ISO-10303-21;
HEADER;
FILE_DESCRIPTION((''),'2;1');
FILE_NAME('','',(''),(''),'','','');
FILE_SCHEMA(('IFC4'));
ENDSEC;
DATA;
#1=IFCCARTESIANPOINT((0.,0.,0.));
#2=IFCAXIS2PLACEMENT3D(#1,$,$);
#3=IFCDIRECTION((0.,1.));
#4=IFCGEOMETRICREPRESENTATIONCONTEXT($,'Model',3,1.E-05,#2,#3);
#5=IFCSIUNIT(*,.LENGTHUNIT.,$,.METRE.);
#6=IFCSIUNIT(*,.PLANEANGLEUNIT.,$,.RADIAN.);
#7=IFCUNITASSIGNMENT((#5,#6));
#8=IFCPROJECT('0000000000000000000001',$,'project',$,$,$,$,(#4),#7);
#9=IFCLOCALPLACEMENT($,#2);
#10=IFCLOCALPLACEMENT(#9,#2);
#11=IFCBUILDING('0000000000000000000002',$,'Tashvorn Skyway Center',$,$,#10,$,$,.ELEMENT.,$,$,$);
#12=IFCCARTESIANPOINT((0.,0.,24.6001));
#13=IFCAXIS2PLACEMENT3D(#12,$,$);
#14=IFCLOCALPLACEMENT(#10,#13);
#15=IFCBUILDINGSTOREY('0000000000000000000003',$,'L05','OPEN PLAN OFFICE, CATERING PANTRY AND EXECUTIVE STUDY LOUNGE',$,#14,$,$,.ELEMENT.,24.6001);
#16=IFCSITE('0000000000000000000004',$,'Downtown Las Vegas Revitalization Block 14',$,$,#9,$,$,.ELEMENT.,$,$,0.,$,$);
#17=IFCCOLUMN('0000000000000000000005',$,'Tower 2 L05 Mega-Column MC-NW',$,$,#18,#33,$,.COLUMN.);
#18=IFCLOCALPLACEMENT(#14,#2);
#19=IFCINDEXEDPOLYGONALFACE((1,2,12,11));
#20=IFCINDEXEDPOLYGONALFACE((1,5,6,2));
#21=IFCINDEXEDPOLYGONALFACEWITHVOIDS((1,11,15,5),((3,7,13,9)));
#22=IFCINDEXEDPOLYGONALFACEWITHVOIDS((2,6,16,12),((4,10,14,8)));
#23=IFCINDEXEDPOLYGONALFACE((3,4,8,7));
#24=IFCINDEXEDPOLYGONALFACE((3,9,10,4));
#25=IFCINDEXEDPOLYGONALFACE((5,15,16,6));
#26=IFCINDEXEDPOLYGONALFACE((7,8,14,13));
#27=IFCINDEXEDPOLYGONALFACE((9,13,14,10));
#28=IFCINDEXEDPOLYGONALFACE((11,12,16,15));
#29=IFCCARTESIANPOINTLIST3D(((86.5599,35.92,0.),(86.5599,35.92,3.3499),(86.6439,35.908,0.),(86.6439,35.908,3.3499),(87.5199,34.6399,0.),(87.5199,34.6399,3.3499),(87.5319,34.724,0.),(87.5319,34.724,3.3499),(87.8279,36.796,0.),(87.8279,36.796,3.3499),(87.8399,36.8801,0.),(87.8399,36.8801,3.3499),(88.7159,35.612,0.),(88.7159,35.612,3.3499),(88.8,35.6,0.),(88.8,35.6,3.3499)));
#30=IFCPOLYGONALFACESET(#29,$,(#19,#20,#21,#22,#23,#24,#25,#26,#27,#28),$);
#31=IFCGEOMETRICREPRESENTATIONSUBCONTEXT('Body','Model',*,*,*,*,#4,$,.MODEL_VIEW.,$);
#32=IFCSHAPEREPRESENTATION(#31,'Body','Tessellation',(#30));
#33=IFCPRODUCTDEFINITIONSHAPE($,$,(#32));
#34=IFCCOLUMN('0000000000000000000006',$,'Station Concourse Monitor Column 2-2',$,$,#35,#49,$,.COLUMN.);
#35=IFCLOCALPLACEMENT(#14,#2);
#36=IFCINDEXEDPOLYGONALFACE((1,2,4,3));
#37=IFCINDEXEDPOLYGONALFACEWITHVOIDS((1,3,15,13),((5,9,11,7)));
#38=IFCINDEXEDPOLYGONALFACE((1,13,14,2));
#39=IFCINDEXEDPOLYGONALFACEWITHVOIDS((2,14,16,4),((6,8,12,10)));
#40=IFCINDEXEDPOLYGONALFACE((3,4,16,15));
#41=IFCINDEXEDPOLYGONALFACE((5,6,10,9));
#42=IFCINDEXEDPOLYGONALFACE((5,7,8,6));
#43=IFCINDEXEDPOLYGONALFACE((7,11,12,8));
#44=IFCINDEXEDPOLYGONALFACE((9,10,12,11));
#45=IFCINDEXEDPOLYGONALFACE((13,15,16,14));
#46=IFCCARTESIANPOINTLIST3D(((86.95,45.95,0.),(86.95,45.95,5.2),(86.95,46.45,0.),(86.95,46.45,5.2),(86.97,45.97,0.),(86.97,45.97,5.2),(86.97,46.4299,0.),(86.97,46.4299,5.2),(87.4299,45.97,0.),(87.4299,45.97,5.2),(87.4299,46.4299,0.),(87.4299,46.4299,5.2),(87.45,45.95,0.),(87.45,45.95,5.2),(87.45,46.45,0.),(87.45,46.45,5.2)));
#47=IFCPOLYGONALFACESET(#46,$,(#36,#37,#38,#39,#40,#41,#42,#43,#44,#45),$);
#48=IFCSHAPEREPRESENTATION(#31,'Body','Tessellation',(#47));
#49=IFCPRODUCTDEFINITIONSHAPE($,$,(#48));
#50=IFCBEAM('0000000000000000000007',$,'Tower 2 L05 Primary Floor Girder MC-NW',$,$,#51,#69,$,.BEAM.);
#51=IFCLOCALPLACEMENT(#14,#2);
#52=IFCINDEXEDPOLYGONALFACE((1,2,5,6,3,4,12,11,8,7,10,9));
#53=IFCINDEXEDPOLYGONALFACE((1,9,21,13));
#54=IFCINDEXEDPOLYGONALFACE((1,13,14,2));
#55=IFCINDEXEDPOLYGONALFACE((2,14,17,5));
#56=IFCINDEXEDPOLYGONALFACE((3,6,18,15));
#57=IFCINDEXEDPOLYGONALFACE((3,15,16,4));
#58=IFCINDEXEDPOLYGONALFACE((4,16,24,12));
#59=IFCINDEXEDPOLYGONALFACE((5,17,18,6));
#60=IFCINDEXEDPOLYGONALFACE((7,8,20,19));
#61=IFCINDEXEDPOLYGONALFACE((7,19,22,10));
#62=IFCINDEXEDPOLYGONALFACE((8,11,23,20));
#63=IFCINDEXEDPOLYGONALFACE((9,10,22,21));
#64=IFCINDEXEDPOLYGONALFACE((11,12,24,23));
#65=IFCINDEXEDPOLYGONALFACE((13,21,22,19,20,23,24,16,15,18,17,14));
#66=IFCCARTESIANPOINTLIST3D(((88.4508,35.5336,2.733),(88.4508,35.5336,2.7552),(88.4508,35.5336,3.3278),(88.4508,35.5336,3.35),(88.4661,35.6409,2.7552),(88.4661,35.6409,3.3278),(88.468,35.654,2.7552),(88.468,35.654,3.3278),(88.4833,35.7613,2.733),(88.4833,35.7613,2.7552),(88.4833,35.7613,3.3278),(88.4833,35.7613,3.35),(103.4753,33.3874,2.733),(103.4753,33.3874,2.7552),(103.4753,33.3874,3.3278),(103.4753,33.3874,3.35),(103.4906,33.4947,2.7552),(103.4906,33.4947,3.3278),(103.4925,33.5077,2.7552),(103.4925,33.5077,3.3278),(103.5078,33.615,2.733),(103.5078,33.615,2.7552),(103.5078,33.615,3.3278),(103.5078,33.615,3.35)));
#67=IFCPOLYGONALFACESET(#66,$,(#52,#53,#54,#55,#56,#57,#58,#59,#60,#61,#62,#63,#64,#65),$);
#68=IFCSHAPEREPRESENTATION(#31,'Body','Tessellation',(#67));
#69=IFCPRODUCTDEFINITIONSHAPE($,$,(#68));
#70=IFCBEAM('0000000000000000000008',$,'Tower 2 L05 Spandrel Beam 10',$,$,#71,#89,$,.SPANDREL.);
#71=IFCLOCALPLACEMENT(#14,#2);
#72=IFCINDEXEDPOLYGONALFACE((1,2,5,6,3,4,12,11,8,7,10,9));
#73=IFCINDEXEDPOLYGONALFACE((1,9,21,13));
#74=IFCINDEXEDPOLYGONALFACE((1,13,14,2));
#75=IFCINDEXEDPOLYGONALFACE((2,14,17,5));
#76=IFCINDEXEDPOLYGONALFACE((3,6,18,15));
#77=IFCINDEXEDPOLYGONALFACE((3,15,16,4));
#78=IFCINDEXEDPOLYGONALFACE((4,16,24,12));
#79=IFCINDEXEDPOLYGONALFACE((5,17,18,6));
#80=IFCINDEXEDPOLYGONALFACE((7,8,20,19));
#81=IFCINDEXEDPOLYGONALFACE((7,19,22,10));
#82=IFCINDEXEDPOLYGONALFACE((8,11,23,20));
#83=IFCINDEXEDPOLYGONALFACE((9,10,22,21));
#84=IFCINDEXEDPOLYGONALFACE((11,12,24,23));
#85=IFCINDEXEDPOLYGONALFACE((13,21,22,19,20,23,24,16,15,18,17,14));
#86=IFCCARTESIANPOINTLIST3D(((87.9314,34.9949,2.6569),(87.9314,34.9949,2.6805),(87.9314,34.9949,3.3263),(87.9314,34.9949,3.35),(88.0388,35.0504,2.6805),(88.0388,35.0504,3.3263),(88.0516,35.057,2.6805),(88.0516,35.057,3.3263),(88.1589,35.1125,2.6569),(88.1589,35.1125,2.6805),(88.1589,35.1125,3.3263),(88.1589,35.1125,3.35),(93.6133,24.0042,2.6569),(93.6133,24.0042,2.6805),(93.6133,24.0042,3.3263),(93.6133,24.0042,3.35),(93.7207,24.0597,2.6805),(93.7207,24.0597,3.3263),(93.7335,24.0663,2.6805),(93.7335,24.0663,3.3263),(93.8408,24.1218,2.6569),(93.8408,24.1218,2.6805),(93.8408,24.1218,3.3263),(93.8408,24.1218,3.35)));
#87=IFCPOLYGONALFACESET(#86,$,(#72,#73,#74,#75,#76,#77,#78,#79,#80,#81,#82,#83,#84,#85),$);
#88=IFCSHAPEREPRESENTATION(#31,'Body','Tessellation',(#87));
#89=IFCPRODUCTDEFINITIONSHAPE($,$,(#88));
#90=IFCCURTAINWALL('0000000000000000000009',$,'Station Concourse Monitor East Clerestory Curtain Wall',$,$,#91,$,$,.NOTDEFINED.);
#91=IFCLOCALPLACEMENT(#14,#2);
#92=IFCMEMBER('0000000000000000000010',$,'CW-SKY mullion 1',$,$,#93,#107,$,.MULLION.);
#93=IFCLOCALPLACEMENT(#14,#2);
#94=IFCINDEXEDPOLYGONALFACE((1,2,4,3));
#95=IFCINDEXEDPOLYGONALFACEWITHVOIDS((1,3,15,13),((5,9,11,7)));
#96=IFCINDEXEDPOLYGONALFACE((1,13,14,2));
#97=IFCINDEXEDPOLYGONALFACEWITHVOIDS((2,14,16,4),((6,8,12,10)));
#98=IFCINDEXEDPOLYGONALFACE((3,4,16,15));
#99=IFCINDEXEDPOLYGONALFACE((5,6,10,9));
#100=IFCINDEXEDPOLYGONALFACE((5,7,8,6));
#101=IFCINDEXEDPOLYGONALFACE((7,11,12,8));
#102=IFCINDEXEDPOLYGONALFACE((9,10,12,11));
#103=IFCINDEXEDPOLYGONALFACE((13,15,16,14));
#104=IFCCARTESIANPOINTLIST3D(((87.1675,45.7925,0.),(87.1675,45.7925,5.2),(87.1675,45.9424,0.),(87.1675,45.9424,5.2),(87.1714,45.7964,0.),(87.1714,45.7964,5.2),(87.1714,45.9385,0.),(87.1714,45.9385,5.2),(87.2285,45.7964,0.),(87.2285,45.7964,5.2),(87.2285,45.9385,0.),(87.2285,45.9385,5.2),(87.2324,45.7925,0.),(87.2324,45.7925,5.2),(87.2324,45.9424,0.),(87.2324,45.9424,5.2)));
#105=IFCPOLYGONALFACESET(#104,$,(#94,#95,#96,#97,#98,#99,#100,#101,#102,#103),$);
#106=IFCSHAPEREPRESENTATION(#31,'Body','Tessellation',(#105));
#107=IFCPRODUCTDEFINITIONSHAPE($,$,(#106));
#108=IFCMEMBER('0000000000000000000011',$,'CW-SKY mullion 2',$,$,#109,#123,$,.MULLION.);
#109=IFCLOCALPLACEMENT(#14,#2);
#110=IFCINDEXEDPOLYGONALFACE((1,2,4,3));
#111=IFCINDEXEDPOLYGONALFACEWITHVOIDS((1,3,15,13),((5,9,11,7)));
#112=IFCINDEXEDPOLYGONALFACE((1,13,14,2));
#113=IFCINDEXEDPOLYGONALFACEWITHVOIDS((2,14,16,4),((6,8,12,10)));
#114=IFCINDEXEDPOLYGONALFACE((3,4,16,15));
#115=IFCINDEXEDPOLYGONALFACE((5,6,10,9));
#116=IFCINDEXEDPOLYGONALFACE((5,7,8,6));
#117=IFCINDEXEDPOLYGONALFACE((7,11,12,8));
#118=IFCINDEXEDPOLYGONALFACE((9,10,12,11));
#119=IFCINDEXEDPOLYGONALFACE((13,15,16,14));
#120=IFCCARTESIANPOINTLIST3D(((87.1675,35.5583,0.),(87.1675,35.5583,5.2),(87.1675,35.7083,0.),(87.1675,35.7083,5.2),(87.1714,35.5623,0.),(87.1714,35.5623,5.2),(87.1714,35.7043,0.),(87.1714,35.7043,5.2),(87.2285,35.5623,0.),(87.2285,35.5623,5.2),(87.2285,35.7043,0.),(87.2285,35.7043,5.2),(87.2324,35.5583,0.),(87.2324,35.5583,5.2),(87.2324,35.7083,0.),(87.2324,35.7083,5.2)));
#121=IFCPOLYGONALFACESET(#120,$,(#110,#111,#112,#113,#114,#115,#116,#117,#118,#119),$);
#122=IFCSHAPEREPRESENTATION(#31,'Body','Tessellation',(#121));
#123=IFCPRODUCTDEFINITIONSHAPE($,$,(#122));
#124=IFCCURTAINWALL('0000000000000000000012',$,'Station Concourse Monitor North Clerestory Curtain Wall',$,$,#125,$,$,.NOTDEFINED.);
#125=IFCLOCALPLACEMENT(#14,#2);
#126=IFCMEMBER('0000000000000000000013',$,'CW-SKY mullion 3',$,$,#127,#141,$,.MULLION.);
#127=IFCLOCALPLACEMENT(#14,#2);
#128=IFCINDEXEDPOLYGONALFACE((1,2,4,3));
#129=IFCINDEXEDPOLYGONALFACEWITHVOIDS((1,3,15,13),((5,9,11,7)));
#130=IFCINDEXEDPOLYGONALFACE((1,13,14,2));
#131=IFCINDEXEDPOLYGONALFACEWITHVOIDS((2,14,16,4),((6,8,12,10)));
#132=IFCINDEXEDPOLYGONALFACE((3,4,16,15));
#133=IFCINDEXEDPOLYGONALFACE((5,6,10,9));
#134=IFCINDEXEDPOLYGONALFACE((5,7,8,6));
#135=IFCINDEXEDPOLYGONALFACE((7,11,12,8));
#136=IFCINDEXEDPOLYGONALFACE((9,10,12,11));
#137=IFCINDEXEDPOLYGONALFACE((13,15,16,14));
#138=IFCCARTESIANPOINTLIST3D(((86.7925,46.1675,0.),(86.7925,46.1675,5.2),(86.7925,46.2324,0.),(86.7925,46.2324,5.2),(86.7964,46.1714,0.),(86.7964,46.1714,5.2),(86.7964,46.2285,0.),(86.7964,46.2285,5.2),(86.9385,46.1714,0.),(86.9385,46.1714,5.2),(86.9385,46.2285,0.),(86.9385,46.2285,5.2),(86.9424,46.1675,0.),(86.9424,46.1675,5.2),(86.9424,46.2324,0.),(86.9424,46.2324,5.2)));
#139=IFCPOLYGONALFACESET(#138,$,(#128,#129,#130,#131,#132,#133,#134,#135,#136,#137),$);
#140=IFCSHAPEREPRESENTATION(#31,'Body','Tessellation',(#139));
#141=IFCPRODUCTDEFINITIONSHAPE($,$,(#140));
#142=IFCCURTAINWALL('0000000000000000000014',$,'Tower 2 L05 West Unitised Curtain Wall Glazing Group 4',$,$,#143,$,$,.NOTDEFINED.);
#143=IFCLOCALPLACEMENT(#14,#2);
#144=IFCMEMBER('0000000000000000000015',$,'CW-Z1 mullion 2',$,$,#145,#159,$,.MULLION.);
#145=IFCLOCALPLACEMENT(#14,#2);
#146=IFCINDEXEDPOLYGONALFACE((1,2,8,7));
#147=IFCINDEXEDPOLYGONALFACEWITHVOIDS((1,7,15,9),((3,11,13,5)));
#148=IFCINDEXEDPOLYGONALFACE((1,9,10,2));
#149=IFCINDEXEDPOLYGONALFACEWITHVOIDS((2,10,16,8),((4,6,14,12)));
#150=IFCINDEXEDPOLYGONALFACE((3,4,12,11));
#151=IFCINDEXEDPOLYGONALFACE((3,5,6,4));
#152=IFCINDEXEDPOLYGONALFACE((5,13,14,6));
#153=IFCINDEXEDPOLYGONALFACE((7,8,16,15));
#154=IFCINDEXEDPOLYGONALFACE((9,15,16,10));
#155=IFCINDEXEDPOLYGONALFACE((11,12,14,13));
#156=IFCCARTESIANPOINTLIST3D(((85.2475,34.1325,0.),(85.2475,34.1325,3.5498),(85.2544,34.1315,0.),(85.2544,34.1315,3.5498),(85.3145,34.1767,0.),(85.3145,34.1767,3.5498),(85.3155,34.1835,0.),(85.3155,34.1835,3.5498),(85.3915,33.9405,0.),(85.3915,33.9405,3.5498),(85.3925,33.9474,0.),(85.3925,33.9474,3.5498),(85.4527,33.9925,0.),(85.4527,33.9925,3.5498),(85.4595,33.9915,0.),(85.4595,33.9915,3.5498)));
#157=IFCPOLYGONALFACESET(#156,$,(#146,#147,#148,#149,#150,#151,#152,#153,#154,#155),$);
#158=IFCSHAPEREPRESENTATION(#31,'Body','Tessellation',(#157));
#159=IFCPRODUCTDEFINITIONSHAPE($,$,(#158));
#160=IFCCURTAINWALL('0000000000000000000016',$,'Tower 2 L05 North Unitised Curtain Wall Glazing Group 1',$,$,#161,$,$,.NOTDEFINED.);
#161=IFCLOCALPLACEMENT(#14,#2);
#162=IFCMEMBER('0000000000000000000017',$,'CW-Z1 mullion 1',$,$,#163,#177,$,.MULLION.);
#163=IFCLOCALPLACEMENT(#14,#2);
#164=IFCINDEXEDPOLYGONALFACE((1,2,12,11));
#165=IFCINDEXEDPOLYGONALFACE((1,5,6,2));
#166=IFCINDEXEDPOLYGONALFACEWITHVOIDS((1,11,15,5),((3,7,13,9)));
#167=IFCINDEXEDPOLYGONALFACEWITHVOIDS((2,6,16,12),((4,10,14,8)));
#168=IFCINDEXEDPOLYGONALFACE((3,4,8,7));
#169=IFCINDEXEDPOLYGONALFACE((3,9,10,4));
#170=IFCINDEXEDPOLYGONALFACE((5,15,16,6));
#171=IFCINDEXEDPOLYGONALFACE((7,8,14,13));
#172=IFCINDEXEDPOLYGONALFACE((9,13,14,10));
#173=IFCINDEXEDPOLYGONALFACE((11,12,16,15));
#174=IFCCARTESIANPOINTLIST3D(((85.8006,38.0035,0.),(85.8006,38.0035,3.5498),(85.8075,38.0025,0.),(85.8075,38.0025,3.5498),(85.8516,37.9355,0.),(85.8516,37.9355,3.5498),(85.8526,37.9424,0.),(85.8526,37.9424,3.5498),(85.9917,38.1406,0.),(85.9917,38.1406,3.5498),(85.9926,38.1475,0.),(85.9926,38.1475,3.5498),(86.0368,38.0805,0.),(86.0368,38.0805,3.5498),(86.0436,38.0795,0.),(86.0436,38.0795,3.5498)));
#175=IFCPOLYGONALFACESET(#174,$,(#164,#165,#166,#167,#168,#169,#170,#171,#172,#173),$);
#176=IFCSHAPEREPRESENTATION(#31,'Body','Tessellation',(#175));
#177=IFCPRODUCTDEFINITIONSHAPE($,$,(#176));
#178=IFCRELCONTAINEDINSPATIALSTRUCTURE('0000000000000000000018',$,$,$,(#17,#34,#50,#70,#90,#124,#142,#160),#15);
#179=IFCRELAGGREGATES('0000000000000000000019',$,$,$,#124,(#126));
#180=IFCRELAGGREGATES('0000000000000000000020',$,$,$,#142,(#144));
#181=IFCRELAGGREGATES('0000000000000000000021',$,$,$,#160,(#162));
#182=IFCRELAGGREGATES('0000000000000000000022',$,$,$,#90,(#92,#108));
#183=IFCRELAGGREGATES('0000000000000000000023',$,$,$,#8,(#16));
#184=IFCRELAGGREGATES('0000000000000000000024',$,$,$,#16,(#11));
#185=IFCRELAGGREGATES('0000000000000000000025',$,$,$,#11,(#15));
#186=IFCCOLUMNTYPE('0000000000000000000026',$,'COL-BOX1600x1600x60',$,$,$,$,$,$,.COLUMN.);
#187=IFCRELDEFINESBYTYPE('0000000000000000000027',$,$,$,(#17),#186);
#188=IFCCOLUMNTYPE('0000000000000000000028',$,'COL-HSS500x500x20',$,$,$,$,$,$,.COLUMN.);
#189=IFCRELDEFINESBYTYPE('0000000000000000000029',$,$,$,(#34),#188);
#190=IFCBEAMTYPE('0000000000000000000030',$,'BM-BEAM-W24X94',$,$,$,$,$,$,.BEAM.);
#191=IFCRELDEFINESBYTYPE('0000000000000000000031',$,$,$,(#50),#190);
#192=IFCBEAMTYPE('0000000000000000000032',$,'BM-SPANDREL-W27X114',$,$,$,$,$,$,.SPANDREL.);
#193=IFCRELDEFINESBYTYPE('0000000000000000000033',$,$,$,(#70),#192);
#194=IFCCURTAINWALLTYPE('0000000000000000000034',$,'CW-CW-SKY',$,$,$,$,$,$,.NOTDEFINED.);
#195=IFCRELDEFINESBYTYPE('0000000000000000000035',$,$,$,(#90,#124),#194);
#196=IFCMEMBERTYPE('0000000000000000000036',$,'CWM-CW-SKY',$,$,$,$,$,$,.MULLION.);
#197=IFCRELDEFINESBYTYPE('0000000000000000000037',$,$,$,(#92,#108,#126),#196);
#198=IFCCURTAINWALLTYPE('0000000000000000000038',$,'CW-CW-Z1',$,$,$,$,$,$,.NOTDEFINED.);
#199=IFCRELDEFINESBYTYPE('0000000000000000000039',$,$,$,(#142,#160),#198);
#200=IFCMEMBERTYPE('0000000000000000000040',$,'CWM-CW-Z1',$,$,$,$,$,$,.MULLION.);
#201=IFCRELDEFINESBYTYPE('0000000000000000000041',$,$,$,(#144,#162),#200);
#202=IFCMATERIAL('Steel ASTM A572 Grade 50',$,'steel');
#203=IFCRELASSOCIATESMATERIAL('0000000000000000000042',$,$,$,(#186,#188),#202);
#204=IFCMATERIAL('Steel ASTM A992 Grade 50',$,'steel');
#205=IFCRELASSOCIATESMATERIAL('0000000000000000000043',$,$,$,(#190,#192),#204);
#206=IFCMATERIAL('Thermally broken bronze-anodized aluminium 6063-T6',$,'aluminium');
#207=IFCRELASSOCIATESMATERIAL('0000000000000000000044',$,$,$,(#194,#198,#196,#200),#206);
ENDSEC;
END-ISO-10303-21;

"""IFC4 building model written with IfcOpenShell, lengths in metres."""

from ifc_helpers import new_model, si_unit, direction, frame, origin, origin_2d, place, context, subcontext, project, spatial, hollow_rectangle, i_section, extrude, material, material_profile, profile_set, type_object, element, aggregate, save


model = new_model("IFC4")

# Units and contexts
model_context = context("Model", 3, precision=1e-05, world=origin(), true_north=direction((0.0, 1.0)))
body_context = subcontext(model_context, "Body", "Model", "MODEL_VIEW")
ifc_project = project(units=[si_unit("LENGTHUNIT", "METRE"), si_unit("PLANEANGLEUNIT", "RADIAN")], contexts=[model_context])

# Site, building, storey
site_placement = place(None, origin())
site = spatial("IfcSite", under=ifc_project, at=site_placement, Name="Downtown Las Vegas Revitalization Block 14", CompositionType="ELEMENT", RefElevation=0.0)
building_placement = place(site_placement, origin())
building = spatial("IfcBuilding", under=site, at=building_placement, Name="Tashvorn Skyway Center", CompositionType="ELEMENT")
storey_placement = place(building_placement, frame((0.0, 0.0, 24.6001)))
storey = spatial("IfcBuildingStorey", under=building, at=storey_placement, Name="L05", Description="OPEN PLAN OFFICE, CATERING PANTRY AND EXECUTIVE STUDY LOUNGE", CompositionType="ELEMENT", Elevation=24.6001)

# Columns
ifc_material_1 = material(Name="Steel ASTM A572 Grade 50", Category="steel")
ifc_material_profile_1 = material_profile(ifc_material_1, hollow_rectangle(XDim=1.6001, YDim=1.6001, WallThickness=0.0601, at=origin_2d()), Name="BOX1600x1600x60")
ifc_profile_set_1 = profile_set([ifc_material_profile_1], Name="Steel ASTM A572 Grade 50")
column_type_1 = type_object("IfcColumnType", Name="COL-BOX1600x1600x60", PredefinedType="COLUMN", material=ifc_profile_set_1)
column_1_placement = place(storey_placement, frame((87.6799, 35.76, 0.0), z_axis=(0.0, 0.0, 1.0), x_axis=(0.8, 0.6, 0.0)))
element("IfcColumn", 1, at=column_1_placement, inside=storey, type_object=column_type_1, Name="Tower 2 L05 Mega-Column MC-NW", PredefinedType="COLUMN", context=body_context, shape_type="SweptSolid", body=[
    extrude(hollow_rectangle(XDim=1.6001, YDim=1.6001, WallThickness=0.0601, at=origin_2d()), origin(), (0.0, 0.0, 1.0), 3.3499),
])
ifc_material_profile_2 = material_profile(ifc_material_1, hollow_rectangle(XDim=0.5, YDim=0.5, WallThickness=0.02, at=origin_2d()), Name="HSS500x500x20")
ifc_profile_set_2 = profile_set([ifc_material_profile_2], Name="Steel ASTM A572 Grade 50")
column_type_2 = type_object("IfcColumnType", Name="COL-HSS500x500x20", PredefinedType="COLUMN", material=ifc_profile_set_2)
column_2_placement = place(storey_placement, frame((87.2, 46.2, 0.0), z_axis=(0.0, 0.0, 1.0), x_axis=(1.0, 0.0, 0.0)))
element("IfcColumn", 2, at=column_2_placement, inside=storey, type_object=column_type_2, Name="Station Concourse Monitor Column 2-2", PredefinedType="COLUMN", context=body_context, shape_type="SweptSolid", body=[
    extrude(hollow_rectangle(XDim=0.5, YDim=0.5, WallThickness=0.02, at=origin_2d()), origin(), (0.0, 0.0, 1.0), 5.2),
])

# Beams
ifc_material_2 = material(Name="Steel ASTM A992 Grade 50", Category="steel")
ifc_material_profile_3 = material_profile(ifc_material_2, i_section(OverallWidth=0.23, OverallDepth=0.6169, WebThickness=0.0132, FlangeThickness=0.0222, at=origin_2d()), Name="W24X94")
ifc_profile_set_3 = profile_set([ifc_material_profile_3], Name="Steel ASTM A992 Grade 50")
beam_type_1 = type_object("IfcBeamType", Name="BM-BEAM-W24X94", PredefinedType="BEAM", material=ifc_profile_set_3)
beam_1_placement = place(storey_placement, frame((88.467, 35.6475, 3.0415), z_axis=(0.98995, -0.141415, 0.0), x_axis=(0.141415, 0.98995, 0.0)))
element("IfcBeam", 3, at=beam_1_placement, inside=storey, type_object=beam_type_1, Name="Tower 2 L05 Primary Floor Girder MC-NW", PredefinedType="BEAM", context=body_context, shape_type="SweptSolid", body=[
    extrude(i_section(OverallWidth=0.23, OverallDepth=0.6169, WebThickness=0.0132, FlangeThickness=0.0222, at=origin_2d()), origin(), (0.0, 0.0, 1.0), 15.177),
])
ifc_material_profile_4 = material_profile(ifc_material_2, i_section(OverallWidth=0.2561, OverallDepth=0.6931, WebThickness=0.0144, FlangeThickness=0.0237, at=origin_2d()), Name="W27X114")
ifc_profile_set_4 = profile_set([ifc_material_profile_4], Name="Steel ASTM A992 Grade 50")
beam_type_2 = type_object("IfcBeamType", Name="BM-SPANDREL-W27X114", PredefinedType="SPANDREL", material=ifc_profile_set_4)
beam_2_placement = place(storey_placement, frame((88.0452, 35.0537, 3.0034), z_axis=(0.459233, -0.888316, 0.0), x_axis=(0.888316, 0.459233, 0.0)))
element("IfcBeam", 4, at=beam_2_placement, inside=storey, type_object=beam_type_2, Name="Tower 2 L05 Spandrel Beam 10", PredefinedType="SPANDREL", context=body_context, shape_type="SweptSolid", body=[
    extrude(i_section(OverallWidth=0.2561, OverallDepth=0.6931, WebThickness=0.0144, FlangeThickness=0.0237, at=origin_2d()), origin(), (0.0, 0.0, 1.0), 12.3726),
])

# Curtain wall, members
ifc_material_3 = material(Name="Thermally broken bronze-anodized aluminium 6063-T6", Category="aluminium")
curtain_wall_type_1 = type_object("IfcCurtainWallType", Name="CW-CW-SKY", PredefinedType="NOTDEFINED", material=ifc_material_3)
curtain_wall_1_placement = place(storey_placement, origin())
curtain_wall_1 = element("IfcCurtainWall", 5, at=curtain_wall_1_placement, inside=storey, type_object=curtain_wall_type_1, Name="Station Concourse Monitor East Clerestory Curtain Wall", PredefinedType="NOTDEFINED")
ifc_material_profile_5 = material_profile(ifc_material_3, hollow_rectangle(XDim=0.0649, YDim=0.1499, WallThickness=0.0039, at=origin_2d()), Name="ALU-MULL-65x150")
ifc_profile_set_5 = profile_set([ifc_material_profile_5], Name="Thermally broken bronze-anodized aluminium 6063-T6")
member_type_1 = type_object("IfcMemberType", Name="CWM-CW-SKY", PredefinedType="MULLION", material=ifc_profile_set_5)
member_1_placement = place(storey_placement, frame((87.2, 45.8674, 0.0), z_axis=(0.0, 0.0, 1.0), x_axis=(1.0, 0.0, 0.0)))
member_1 = element("IfcMember", 6, at=member_1_placement, type_object=member_type_1, Name="CW-SKY mullion 1", PredefinedType="MULLION", context=body_context, shape_type="SweptSolid", body=[
    extrude(hollow_rectangle(XDim=0.0649, YDim=0.1499, WallThickness=0.0039, at=origin_2d()), origin(), (0.0, 0.0, 1.0), 5.2),
])
member_2_placement = place(storey_placement, frame((87.2, 35.6333, 0.0), z_axis=(0.0, 0.0, 1.0), x_axis=(1.0, 0.0, 0.0)))
member_2 = element("IfcMember", 7, at=member_2_placement, type_object=member_type_1, Name="CW-SKY mullion 2", PredefinedType="MULLION", context=body_context, shape_type="SweptSolid", body=[
    extrude(hollow_rectangle(XDim=0.0649, YDim=0.1499, WallThickness=0.0039, at=origin_2d()), origin(), (0.0, 0.0, 1.0), 5.2),
])

# Curtain walls, members
curtain_wall_2_placement = place(storey_placement, origin())
curtain_wall_2 = element("IfcCurtainWall", 8, at=curtain_wall_2_placement, inside=storey, type_object=curtain_wall_type_1, Name="Station Concourse Monitor North Clerestory Curtain Wall", PredefinedType="NOTDEFINED")
member_3_placement = place(storey_placement, frame((86.8674, 46.2, 0.0), z_axis=(0.0, 0.0, 1.0), x_axis=(0.0, 1.0, 0.0)))
member_3 = element("IfcMember", 9, at=member_3_placement, type_object=member_type_1, Name="CW-SKY mullion 3", PredefinedType="MULLION", context=body_context, shape_type="SweptSolid", body=[
    extrude(hollow_rectangle(XDim=0.0649, YDim=0.1499, WallThickness=0.0039, at=origin_2d()), origin(), (0.0, 0.0, 1.0), 5.2),
])
aggregate(curtain_wall_2, [member_3])
curtain_wall_type_2 = type_object("IfcCurtainWallType", Name="CW-CW-Z1", PredefinedType="NOTDEFINED", material=ifc_material_3)
curtain_wall_3_placement = place(storey_placement, origin())
curtain_wall_3 = element("IfcCurtainWall", 10, at=curtain_wall_3_placement, inside=storey, type_object=curtain_wall_type_2, Name="Tower 2 L05 West Unitised Curtain Wall Glazing Group 4", PredefinedType="NOTDEFINED")
ifc_material_profile_6 = material_profile(ifc_material_3, hollow_rectangle(XDim=0.085, YDim=0.24, WallThickness=0.0049, at=origin_2d()), Name="ALU-MULL-85x240")
ifc_profile_set_6 = profile_set([ifc_material_profile_6], Name="Thermally broken bronze-anodized aluminium 6063-T6")
member_type_2 = type_object("IfcMemberType", Name="CWM-CW-Z1", PredefinedType="MULLION", material=ifc_profile_set_6)
member_4_placement = place(storey_placement, frame((85.3535, 34.062, 0.0), z_axis=(0.0, 0.0, 1.0), x_axis=(-0.8, -0.6, 0.0)))
member_4 = element("IfcMember", 11, at=member_4_placement, type_object=member_type_2, Name="CW-Z1 mullion 2", PredefinedType="MULLION", context=body_context, shape_type="SweptSolid", body=[
    extrude(hollow_rectangle(XDim=0.085, YDim=0.24, WallThickness=0.0049, at=origin_2d()), origin(), (0.0, 0.0, 1.0), 3.5498),
])
aggregate(curtain_wall_3, [member_4])
curtain_wall_4_placement = place(storey_placement, origin())
curtain_wall_4 = element("IfcCurtainWall", 12, at=curtain_wall_4_placement, inside=storey, type_object=curtain_wall_type_2, Name="Tower 2 L05 North Unitised Curtain Wall Glazing Group 1", PredefinedType="NOTDEFINED")
member_5_placement = place(storey_placement, frame((85.9221, 38.0415, 0.0), z_axis=(0.0, 0.0, 1.0), x_axis=(-0.6, 0.8, 0.0)))
member_5 = element("IfcMember", 13, at=member_5_placement, type_object=member_type_2, Name="CW-Z1 mullion 1", PredefinedType="MULLION", context=body_context, shape_type="SweptSolid", body=[
    extrude(hollow_rectangle(XDim=0.085, YDim=0.24, WallThickness=0.0049, at=origin_2d()), origin(), (0.0, 0.0, 1.0), 3.5498),
])

aggregate(curtain_wall_4, [member_5])

aggregate(curtain_wall_1, [member_1, member_2])

save(model, "model.ifc")
